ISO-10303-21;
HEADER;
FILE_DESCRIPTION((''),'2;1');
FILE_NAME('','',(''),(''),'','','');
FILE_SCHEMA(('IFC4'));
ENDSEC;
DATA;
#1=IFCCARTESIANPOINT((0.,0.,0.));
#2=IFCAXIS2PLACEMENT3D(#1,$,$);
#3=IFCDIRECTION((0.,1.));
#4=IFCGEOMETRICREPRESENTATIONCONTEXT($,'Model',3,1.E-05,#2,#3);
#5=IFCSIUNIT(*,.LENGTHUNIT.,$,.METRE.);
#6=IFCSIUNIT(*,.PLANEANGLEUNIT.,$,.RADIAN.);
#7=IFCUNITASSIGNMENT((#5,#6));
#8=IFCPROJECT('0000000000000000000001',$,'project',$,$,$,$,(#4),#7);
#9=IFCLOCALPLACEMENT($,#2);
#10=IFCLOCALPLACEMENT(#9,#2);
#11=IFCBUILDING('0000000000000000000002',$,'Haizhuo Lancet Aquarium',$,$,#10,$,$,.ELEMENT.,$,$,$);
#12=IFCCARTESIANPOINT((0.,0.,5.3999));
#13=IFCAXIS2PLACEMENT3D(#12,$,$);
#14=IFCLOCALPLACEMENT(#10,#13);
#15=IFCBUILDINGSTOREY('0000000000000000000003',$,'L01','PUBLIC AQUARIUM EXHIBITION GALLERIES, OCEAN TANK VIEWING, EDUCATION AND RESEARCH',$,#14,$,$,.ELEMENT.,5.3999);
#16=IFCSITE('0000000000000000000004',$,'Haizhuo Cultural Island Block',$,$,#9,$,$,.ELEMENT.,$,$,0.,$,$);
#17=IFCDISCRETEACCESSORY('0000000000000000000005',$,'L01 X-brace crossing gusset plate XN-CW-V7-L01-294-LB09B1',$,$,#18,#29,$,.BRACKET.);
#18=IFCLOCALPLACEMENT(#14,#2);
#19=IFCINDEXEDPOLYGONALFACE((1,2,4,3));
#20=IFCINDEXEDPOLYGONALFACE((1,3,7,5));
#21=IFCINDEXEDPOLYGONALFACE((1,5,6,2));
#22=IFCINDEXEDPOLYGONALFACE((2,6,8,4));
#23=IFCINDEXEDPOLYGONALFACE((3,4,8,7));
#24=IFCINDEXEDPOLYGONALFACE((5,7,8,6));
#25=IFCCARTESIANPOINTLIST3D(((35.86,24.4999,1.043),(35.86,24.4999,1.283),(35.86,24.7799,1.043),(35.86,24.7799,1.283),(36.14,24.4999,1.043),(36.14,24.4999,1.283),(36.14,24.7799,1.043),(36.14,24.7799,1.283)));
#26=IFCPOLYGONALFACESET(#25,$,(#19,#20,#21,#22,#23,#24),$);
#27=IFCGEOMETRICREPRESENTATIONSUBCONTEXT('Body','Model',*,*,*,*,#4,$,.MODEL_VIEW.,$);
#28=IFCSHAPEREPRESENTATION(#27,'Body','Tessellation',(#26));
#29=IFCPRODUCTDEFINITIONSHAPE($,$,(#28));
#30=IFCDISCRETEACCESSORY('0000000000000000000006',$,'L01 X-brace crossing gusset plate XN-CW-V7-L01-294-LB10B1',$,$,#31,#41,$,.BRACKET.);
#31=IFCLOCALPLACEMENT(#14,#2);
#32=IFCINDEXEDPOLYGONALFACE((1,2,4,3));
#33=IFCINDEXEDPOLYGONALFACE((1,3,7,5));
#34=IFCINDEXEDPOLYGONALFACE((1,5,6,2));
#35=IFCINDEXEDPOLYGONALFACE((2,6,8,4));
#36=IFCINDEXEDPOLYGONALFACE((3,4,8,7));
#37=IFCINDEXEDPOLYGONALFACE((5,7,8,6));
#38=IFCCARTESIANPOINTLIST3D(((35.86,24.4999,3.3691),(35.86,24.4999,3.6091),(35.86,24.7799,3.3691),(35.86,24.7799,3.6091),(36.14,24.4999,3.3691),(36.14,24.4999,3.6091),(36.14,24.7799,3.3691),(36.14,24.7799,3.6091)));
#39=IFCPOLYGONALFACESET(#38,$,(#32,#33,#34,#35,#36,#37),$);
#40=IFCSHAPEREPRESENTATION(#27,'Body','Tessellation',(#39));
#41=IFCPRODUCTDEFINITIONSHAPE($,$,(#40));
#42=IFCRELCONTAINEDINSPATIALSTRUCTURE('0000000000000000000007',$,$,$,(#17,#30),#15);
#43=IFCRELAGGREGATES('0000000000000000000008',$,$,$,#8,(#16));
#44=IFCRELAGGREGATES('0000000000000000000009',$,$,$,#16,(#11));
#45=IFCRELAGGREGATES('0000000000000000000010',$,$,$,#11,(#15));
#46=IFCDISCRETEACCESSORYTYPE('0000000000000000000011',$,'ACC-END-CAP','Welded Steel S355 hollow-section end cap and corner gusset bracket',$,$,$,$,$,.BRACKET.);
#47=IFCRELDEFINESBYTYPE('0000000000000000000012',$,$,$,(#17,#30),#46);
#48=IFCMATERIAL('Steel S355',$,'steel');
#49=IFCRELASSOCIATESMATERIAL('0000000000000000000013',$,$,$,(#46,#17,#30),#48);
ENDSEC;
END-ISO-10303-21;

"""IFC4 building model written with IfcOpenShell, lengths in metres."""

from ifc_helpers import new_model, si_unit, direction, frame, origin, origin_2d, place, context, subcontext, project, spatial, rectangle, extrude, material, type_object, element, save


model = new_model("IFC4")

# Units and contexts
model_context = context("Model", 3, precision=1e-05, world=origin(), true_north=direction((0.0, 1.0)))
body_context = subcontext(model_context, "Body", "Model", "MODEL_VIEW")
ifc_project = project(units=[si_unit("LENGTHUNIT", "METRE"), si_unit("PLANEANGLEUNIT", "RADIAN")], contexts=[model_context])

# Site, building, storey
site_placement = place(None, origin())
site = spatial("IfcSite", under=ifc_project, at=site_placement, Name="Haizhuo Cultural Island Block", CompositionType="ELEMENT", RefElevation=0.0)
building_placement = place(site_placement, origin())
building = spatial("IfcBuilding", under=site, at=building_placement, Name="Haizhuo Lancet Aquarium", CompositionType="ELEMENT")
storey_placement = place(building_placement, frame((0.0, 0.0, 5.3999)))
storey = spatial("IfcBuildingStorey", under=building, at=storey_placement, Name="L01", Description="PUBLIC AQUARIUM EXHIBITION GALLERIES, OCEAN TANK VIEWING, EDUCATION AND RESEARCH", CompositionType="ELEMENT", Elevation=5.3999)

# Shared definitions
ifc_material_1 = material(Name="Steel S355", Category="steel")

# Discrete accessories
discrete_accessory_type = type_object("IfcDiscreteAccessoryType", Name="ACC-END-CAP", Description="Welded Steel S355 hollow-section end cap and corner gusset bracket", PredefinedType="BRACKET", material=ifc_material_1)
for number, where, z_axis, x_axis, name in (
    (1, (36.0, 24.6399, 1.043), (0.0, 0.0, 1.0), (1.0, 0.0, 0.0), "L01 X-brace crossing gusset plate XN-CW-V7-L01-294-LB09B1"),
    (2, (36.0, 24.6399, 3.3691), (0.0, 0.0, 1.0), (1.0, 0.0, 0.0), "L01 X-brace crossing gusset plate XN-CW-V7-L01-294-LB10B1"),
):
    element("IfcDiscreteAccessory", number, at=place(storey_placement, frame(where, z_axis=z_axis, x_axis=x_axis)), inside=storey, type_object=discrete_accessory_type, material=ifc_material_1, Name=name, PredefinedType="BRACKET", context=body_context, shape_type="SweptSolid", body=[
        extrude(rectangle(XDim=0.28, YDim=0.28, at=origin_2d()), origin(), (0.0, 0.0, 1.0), 0.24),
    ])

save(model, "model.ifc")
